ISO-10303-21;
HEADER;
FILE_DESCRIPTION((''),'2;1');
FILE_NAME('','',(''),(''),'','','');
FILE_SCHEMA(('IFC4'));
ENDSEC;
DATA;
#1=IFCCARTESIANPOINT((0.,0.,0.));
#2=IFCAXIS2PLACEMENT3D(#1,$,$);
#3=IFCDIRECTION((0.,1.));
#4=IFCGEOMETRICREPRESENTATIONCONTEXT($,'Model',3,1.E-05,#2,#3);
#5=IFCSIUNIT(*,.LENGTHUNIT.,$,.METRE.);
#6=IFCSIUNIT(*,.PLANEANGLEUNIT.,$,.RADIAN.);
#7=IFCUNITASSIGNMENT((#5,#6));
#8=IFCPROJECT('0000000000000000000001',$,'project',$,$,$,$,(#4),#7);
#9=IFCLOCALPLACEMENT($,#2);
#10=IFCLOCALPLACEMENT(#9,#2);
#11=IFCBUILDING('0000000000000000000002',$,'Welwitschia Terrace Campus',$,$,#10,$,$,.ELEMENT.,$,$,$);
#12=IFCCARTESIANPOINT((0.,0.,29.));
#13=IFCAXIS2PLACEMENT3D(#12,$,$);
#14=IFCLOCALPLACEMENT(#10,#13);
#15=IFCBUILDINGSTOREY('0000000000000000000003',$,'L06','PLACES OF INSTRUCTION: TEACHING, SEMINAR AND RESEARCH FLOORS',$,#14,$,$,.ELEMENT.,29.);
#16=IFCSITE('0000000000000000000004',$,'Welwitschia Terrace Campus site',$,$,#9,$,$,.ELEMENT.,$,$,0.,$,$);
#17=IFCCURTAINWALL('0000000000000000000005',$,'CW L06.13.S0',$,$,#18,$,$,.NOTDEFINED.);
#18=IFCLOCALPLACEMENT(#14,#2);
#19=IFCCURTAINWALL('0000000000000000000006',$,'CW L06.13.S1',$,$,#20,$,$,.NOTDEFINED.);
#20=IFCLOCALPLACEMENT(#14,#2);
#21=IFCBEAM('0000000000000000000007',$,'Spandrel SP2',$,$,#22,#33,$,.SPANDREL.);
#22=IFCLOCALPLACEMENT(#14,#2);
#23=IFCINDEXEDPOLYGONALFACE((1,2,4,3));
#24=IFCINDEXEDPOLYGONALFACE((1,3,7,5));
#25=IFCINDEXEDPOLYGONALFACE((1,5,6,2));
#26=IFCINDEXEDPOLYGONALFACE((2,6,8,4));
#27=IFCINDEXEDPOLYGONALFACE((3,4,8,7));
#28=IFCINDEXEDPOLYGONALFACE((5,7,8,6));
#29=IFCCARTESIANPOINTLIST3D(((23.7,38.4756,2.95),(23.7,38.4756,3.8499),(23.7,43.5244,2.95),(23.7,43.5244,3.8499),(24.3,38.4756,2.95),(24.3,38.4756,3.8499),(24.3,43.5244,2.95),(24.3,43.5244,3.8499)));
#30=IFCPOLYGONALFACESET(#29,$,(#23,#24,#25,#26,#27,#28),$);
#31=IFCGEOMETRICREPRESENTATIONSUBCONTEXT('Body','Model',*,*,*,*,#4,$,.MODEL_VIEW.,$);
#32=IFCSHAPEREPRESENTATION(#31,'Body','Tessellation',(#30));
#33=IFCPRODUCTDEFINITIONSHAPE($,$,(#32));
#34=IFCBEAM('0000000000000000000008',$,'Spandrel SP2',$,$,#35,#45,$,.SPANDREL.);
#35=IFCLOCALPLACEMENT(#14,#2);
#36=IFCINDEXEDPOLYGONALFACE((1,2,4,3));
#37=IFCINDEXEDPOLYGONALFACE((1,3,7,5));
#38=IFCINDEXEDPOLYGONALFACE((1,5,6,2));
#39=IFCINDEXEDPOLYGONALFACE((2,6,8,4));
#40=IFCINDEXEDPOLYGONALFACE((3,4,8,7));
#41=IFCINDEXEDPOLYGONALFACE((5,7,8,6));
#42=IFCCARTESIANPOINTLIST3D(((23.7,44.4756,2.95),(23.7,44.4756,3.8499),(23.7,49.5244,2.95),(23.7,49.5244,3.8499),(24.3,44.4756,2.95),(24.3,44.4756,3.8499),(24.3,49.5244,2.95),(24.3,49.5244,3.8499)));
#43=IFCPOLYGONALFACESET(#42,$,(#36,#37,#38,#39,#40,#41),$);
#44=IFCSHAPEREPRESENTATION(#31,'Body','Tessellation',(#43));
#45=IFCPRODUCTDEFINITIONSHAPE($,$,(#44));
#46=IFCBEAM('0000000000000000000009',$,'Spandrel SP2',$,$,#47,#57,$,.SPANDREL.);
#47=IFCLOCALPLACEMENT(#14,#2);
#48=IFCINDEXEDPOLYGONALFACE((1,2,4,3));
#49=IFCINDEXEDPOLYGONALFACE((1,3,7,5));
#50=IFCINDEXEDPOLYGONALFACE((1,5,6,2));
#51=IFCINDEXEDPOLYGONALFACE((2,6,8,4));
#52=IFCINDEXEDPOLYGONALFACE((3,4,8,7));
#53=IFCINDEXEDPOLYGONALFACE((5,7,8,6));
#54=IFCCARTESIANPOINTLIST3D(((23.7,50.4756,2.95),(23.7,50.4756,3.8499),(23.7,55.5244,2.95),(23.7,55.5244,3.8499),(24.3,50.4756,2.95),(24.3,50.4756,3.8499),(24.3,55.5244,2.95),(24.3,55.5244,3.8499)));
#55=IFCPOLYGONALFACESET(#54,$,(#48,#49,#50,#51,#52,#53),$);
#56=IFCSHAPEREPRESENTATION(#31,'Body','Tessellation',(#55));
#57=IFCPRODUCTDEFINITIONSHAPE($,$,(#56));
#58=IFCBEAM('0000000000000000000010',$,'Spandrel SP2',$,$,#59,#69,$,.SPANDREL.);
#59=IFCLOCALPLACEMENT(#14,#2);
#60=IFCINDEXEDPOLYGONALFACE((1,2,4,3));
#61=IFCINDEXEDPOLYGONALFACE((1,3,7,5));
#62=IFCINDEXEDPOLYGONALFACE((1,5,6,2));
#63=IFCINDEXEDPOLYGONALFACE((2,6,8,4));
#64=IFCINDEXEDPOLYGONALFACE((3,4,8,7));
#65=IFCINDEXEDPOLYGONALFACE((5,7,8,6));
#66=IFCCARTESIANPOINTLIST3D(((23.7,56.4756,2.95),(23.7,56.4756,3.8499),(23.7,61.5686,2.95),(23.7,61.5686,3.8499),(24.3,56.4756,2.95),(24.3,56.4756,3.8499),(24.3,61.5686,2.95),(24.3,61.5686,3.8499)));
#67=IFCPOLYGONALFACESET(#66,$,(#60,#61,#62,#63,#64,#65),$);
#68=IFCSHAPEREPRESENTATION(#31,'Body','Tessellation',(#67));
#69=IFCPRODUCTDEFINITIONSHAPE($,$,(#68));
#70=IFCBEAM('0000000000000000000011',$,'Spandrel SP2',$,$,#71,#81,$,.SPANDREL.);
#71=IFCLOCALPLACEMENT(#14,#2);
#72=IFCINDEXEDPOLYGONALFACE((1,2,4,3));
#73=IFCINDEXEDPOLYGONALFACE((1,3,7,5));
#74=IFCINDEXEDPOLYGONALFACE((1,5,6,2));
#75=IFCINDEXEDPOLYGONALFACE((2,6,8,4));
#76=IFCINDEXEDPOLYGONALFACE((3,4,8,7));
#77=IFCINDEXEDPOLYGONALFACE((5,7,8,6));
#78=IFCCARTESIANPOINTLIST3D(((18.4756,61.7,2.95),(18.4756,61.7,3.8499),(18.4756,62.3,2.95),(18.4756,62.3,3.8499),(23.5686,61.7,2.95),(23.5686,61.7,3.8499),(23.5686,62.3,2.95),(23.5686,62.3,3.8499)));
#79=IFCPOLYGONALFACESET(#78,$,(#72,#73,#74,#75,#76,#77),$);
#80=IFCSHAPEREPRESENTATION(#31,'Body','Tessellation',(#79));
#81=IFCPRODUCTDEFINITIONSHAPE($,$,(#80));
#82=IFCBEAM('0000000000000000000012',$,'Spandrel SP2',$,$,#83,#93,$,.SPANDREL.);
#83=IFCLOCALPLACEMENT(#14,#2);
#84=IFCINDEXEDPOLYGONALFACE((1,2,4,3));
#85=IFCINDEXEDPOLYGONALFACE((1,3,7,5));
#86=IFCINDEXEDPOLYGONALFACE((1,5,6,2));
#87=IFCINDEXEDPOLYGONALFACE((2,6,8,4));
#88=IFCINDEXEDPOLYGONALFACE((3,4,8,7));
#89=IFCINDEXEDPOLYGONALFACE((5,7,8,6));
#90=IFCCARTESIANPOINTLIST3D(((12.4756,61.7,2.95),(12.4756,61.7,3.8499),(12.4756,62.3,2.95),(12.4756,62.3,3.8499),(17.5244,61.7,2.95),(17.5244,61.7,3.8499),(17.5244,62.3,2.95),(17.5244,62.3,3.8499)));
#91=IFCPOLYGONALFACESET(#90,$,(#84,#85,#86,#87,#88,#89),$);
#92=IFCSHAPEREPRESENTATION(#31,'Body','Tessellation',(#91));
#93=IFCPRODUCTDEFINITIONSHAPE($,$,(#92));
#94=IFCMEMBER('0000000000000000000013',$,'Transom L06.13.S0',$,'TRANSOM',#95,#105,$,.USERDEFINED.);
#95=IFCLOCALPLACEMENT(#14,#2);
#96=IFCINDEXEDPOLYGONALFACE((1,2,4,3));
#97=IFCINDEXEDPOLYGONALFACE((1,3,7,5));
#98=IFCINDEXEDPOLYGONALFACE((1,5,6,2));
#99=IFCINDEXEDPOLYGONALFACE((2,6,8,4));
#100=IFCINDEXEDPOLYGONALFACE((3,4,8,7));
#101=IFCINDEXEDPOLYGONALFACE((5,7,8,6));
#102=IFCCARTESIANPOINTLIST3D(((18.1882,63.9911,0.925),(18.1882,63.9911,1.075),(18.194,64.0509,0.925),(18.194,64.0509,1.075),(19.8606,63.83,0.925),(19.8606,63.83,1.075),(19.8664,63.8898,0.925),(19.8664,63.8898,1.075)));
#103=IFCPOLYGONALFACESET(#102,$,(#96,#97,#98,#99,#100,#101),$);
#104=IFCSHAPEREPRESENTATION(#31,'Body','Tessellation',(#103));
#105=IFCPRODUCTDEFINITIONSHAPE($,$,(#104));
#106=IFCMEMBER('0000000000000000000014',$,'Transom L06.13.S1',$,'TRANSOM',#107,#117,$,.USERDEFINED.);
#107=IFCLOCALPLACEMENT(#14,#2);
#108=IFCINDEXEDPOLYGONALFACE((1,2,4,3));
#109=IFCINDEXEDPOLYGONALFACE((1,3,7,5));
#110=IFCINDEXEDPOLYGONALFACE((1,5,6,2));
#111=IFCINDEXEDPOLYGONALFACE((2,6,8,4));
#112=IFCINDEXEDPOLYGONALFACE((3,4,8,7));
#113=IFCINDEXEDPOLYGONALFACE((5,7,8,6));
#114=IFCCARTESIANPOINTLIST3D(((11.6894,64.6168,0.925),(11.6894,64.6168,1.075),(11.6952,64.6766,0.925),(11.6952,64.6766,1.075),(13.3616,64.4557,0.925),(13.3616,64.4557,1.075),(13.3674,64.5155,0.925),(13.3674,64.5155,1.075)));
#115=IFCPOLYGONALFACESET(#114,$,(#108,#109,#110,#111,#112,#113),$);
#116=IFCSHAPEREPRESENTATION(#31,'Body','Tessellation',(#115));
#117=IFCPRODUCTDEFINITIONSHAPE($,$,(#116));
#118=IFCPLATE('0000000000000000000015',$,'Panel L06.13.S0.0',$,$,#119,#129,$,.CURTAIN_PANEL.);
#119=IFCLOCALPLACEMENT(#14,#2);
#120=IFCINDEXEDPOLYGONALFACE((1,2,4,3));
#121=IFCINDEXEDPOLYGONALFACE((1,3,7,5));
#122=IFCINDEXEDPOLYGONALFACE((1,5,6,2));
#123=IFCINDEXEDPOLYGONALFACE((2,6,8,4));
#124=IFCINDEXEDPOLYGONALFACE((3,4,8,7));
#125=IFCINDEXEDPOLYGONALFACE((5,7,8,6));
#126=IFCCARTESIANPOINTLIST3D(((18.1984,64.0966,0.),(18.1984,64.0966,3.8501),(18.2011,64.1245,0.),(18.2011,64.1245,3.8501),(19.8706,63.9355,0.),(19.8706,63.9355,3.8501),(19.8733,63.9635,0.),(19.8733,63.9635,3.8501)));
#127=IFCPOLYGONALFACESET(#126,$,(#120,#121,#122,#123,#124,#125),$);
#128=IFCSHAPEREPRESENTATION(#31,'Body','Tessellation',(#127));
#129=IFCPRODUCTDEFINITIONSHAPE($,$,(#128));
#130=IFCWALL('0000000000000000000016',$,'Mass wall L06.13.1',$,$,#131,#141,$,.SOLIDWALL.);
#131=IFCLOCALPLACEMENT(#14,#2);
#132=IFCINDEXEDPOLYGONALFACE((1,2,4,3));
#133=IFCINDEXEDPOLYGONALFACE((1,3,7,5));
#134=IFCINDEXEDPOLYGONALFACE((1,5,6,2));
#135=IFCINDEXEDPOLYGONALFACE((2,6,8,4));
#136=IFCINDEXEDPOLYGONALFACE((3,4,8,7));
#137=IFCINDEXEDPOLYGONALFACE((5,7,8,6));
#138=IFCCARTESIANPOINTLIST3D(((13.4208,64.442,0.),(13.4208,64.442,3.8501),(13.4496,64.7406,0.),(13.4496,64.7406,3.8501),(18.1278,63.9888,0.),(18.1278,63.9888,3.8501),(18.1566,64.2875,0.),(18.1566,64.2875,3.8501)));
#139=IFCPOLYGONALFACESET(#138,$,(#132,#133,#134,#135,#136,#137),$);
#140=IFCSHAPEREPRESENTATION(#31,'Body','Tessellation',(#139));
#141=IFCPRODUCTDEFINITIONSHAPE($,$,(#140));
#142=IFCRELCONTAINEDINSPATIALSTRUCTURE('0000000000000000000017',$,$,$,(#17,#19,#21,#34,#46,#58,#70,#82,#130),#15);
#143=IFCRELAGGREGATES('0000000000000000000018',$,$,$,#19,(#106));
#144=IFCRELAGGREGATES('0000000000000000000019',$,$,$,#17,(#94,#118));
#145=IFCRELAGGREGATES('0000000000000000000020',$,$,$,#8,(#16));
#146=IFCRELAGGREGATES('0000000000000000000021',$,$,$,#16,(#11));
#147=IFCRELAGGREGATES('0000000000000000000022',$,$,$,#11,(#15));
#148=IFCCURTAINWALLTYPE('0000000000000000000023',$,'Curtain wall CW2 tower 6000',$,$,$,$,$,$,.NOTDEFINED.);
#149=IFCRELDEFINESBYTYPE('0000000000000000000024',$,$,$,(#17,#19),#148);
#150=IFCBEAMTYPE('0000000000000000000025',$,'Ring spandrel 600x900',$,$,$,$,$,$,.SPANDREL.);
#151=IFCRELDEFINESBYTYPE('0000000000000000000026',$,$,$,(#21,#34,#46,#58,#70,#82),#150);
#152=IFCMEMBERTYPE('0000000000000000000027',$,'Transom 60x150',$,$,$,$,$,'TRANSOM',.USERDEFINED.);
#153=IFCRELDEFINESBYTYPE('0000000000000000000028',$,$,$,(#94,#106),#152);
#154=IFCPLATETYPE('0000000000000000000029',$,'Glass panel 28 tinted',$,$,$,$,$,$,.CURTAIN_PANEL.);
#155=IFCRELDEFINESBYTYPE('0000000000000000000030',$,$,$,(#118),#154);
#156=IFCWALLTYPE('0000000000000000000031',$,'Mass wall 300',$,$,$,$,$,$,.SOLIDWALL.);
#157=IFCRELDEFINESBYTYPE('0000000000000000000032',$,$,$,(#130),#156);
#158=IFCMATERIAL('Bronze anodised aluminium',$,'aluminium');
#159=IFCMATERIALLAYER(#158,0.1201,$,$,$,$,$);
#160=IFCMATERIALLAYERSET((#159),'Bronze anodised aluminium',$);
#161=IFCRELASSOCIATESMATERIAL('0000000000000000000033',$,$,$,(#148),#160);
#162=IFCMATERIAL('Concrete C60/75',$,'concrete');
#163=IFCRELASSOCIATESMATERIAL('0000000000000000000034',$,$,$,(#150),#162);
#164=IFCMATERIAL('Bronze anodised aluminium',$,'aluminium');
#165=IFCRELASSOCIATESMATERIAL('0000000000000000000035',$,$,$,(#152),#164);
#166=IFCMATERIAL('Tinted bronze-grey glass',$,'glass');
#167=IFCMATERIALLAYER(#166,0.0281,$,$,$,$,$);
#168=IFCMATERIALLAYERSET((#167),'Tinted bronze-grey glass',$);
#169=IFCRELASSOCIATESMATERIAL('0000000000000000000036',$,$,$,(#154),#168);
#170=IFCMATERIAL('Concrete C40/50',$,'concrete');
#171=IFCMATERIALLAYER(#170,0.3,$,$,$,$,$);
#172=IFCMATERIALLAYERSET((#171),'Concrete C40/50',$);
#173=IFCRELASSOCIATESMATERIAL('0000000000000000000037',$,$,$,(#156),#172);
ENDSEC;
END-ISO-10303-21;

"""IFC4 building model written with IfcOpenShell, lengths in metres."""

from ifc_helpers import new_model, si_unit, direction, frame, frame_2d, origin, origin_2d, place, context, subcontext, project, spatial, rectangle, extrude, material, layer, layer_set, material_profile, profile_set, type_object, element, aggregate, save


model = new_model("IFC4")

# Units and contexts
model_context = context("Model", 3, precision=1e-05, world=origin(), true_north=direction((0.0, 1.0)))
body_context = subcontext(model_context, "Body", "Model", "MODEL_VIEW")
ifc_project = project(units=[si_unit("LENGTHUNIT", "METRE"), si_unit("PLANEANGLEUNIT", "RADIAN")], contexts=[model_context])

# Site, building, storey
site_placement = place(None, origin())
site = spatial("IfcSite", under=ifc_project, at=site_placement, Name="Welwitschia Terrace Campus site", CompositionType="ELEMENT", RefElevation=0.0)
building_placement = place(site_placement, origin())
building = spatial("IfcBuilding", under=site, at=building_placement, Name="Welwitschia Terrace Campus", CompositionType="ELEMENT")
storey_placement = place(building_placement, frame((0.0, 0.0, 29.0)))
storey = spatial("IfcBuildingStorey", under=building, at=storey_placement, Name="L06", Description="PLACES OF INSTRUCTION: TEACHING, SEMINAR AND RESEARCH FLOORS", CompositionType="ELEMENT", Elevation=29.0)

# Curtain wall
ifc_material_1 = material(Name="Bronze anodised aluminium", Category="aluminium")
ifc_layer_1 = layer(ifc_material_1, 0.1201)
ifc_layer_set_1 = layer_set([ifc_layer_1], Name="Bronze anodised aluminium")
curtain_wall_type = type_object("IfcCurtainWallType", Name="Curtain wall CW2 tower 6000", PredefinedType="NOTDEFINED", material=ifc_layer_set_1)
curtain_wall_1_placement = place(storey_placement, origin())
curtain_wall_1 = element("IfcCurtainWall", 1, at=curtain_wall_1_placement, inside=storey, type_object=curtain_wall_type, Name="CW L06.13.S0", PredefinedType="NOTDEFINED")

# Curtain wall
curtain_wall_2_placement = place(storey_placement, origin())
curtain_wall_2 = element("IfcCurtainWall", 2, at=curtain_wall_2_placement, inside=storey, type_object=curtain_wall_type, Name="CW L06.13.S1", PredefinedType="NOTDEFINED")

# Beams
ifc_material_2 = material(Name="Concrete C60/75", Category="concrete")
ifc_material_profile_1 = material_profile(ifc_material_2, rectangle(XDim=0.6001, YDim=0.8999, at=origin_2d()))
ifc_profile_set_1 = profile_set([ifc_material_profile_1], Name="Concrete C60/75")
beam_type_1 = type_object("IfcBeamType", Name="Ring spandrel 600x900", PredefinedType="SPANDREL", material=ifc_profile_set_1)
for number, where, z_axis, x_axis, name in (
    (3, (24.0, 38.4756, 3.3999), (0.0, 1.0, 0.0), (-1.0, 0.0, 0.0), "Spandrel SP2"),
    (4, (24.0, 44.4756, 3.3999), (0.0, 1.0, 0.0), (-1.0, 0.0, 0.0), "Spandrel SP2"),
    (5, (24.0, 50.4756, 3.3999), (0.0, 1.0, 0.0), (-1.0, 0.0, 0.0), "Spandrel SP2"),
):
    element("IfcBeam", number, at=place(storey_placement, frame(where, z_axis=z_axis, x_axis=x_axis)), inside=storey, type_object=beam_type_1, Name=name, PredefinedType="SPANDREL", context=body_context, shape_type="SweptSolid", body=[
        extrude(rectangle(XDim=0.6001, YDim=0.8999, at=origin_2d()), origin(), (0.0, 0.0, 1.0), 5.0488),
    ])
for number, where, z_axis, x_axis, name in (
    (6, (24.0, 56.4756, 3.3999), (0.0, 1.0, 0.0), (-1.0, 0.0, 0.0), "Spandrel SP2"),
    (7, (23.5686, 62.0, 3.3999), (-1.0, 0.0, 0.0), (0.0, -1.0, 0.0), "Spandrel SP2"),
):
    element("IfcBeam", number, at=place(storey_placement, frame(where, z_axis=z_axis, x_axis=x_axis)), inside=storey, type_object=beam_type_1, Name=name, PredefinedType="SPANDREL", context=body_context, shape_type="SweptSolid", body=[
        extrude(rectangle(XDim=0.6001, YDim=0.8999, at=origin_2d()), origin(), (0.0, 0.0, 1.0), 5.093),
    ])
beam_1_placement = place(storey_placement, frame((17.5244, 62.0, 3.3999), z_axis=(-1.0, 0.0, 0.0), x_axis=(0.0, -1.0, 0.0)))
element("IfcBeam", 8, at=beam_1_placement, inside=storey, type_object=beam_type_1, Name="Spandrel SP2", PredefinedType="SPANDREL", context=body_context, shape_type="SweptSolid", body=[
    extrude(rectangle(XDim=0.6001, YDim=0.8999, at=origin_2d()), origin(), (0.0, 0.0, 1.0), 5.0488),
])

# Members
ifc_material_3 = material(Name="Bronze anodised aluminium", Category="aluminium")
ifc_material_profile_2 = material_profile(ifc_material_3, rectangle(XDim=0.0601, YDim=0.1499, at=origin_2d()))
ifc_profile_set_2 = profile_set([ifc_material_profile_2], Name="Bronze anodised aluminium")
member_type_1 = type_object("IfcMemberType", Name="Transom 60x150", ElementType="TRANSOM", PredefinedType="USERDEFINED", material=ifc_profile_set_2)
member_1_placement = place(storey_placement, frame((19.8635, 63.8599, 1.0), z_axis=(-0.99539, 0.095906, 0.0), x_axis=(-0.095906, -0.99539, 0.0)))
member_1 = element("IfcMember", 9, at=member_1_placement, type_object=member_type_1, Name="Transom L06.13.S0", ObjectType="TRANSOM", PredefinedType="USERDEFINED", context=body_context, shape_type="SweptSolid", body=[
    extrude(rectangle(XDim=0.0601, YDim=0.1499, at=origin_2d()), origin(), (0.0, 0.0, 1.0), 1.6802),
])
member_2_placement = place(storey_placement, frame((13.3645, 64.4856, 1.0), z_axis=(-0.995389, 0.09592, 0.0), x_axis=(-0.09592, -0.995389, 0.0)))
member_2 = element("IfcMember", 10, at=member_2_placement, type_object=member_type_1, Name="Transom L06.13.S1", ObjectType="TRANSOM", PredefinedType="USERDEFINED", context=body_context, shape_type="SweptSolid", body=[
    extrude(rectangle(XDim=0.0601, YDim=0.1499, at=origin_2d()), origin(), (0.0, 0.0, 1.0), 1.6799),
])
aggregate(curtain_wall_2, [member_2])

# Plate
ifc_material_4 = material(Name="Tinted bronze-grey glass", Category="glass")
ifc_layer_2 = layer(ifc_material_4, 0.0281)
ifc_layer_set_2 = layer_set([ifc_layer_2], Name="Tinted bronze-grey glass")
plate_type = type_object("IfcPlateType", Name="Glass panel 28 tinted", PredefinedType="CURTAIN_PANEL", material=ifc_layer_set_2)
plate_placement = place(storey_placement, frame((19.0359, 64.03, 0.0), z_axis=(0.0, 0.0, 1.0), x_axis=(-0.995396, 0.095846, 0.0)))
plate = element("IfcPlate", 11, at=plate_placement, type_object=plate_type, Name="Panel L06.13.S0.0", PredefinedType="CURTAIN_PANEL", context=body_context, shape_type="SweptSolid", body=[
    extrude(rectangle(XDim=1.6799, YDim=0.0281, at=origin_2d()), origin(), (0.0, 0.0, 1.0), 3.8501),
])
aggregate(curtain_wall_1, [member_1, plate])

# Wall
ifc_material_5 = material(Name="Concrete C40/50", Category="concrete")
ifc_layer_3 = layer(ifc_material_5, 0.3)
ifc_layer_set_3 = layer_set([ifc_layer_3], Name="Concrete C40/50")
wall_type = type_object("IfcWallType", Name="Mass wall 300", PredefinedType="SOLIDWALL", material=ifc_layer_set_3)
wall_placement = place(storey_placement, frame((18.1421, 64.1382, 0.0), z_axis=(0.0, 0.0, 1.0), x_axis=(-0.995398, 0.095823, 0.0)))
element("IfcWall", 12, at=wall_placement, inside=storey, type_object=wall_type, Name="Mass wall L06.13.1", PredefinedType="SOLIDWALL", context=body_context, shape_type="SweptSolid", body=[
    extrude(rectangle(XDim=4.7288, YDim=0.3, at=frame_2d((2.3643, 0.0))), origin(), (0.0, 0.0, 1.0), 3.8501),
])

save(model, "model.ifc")
